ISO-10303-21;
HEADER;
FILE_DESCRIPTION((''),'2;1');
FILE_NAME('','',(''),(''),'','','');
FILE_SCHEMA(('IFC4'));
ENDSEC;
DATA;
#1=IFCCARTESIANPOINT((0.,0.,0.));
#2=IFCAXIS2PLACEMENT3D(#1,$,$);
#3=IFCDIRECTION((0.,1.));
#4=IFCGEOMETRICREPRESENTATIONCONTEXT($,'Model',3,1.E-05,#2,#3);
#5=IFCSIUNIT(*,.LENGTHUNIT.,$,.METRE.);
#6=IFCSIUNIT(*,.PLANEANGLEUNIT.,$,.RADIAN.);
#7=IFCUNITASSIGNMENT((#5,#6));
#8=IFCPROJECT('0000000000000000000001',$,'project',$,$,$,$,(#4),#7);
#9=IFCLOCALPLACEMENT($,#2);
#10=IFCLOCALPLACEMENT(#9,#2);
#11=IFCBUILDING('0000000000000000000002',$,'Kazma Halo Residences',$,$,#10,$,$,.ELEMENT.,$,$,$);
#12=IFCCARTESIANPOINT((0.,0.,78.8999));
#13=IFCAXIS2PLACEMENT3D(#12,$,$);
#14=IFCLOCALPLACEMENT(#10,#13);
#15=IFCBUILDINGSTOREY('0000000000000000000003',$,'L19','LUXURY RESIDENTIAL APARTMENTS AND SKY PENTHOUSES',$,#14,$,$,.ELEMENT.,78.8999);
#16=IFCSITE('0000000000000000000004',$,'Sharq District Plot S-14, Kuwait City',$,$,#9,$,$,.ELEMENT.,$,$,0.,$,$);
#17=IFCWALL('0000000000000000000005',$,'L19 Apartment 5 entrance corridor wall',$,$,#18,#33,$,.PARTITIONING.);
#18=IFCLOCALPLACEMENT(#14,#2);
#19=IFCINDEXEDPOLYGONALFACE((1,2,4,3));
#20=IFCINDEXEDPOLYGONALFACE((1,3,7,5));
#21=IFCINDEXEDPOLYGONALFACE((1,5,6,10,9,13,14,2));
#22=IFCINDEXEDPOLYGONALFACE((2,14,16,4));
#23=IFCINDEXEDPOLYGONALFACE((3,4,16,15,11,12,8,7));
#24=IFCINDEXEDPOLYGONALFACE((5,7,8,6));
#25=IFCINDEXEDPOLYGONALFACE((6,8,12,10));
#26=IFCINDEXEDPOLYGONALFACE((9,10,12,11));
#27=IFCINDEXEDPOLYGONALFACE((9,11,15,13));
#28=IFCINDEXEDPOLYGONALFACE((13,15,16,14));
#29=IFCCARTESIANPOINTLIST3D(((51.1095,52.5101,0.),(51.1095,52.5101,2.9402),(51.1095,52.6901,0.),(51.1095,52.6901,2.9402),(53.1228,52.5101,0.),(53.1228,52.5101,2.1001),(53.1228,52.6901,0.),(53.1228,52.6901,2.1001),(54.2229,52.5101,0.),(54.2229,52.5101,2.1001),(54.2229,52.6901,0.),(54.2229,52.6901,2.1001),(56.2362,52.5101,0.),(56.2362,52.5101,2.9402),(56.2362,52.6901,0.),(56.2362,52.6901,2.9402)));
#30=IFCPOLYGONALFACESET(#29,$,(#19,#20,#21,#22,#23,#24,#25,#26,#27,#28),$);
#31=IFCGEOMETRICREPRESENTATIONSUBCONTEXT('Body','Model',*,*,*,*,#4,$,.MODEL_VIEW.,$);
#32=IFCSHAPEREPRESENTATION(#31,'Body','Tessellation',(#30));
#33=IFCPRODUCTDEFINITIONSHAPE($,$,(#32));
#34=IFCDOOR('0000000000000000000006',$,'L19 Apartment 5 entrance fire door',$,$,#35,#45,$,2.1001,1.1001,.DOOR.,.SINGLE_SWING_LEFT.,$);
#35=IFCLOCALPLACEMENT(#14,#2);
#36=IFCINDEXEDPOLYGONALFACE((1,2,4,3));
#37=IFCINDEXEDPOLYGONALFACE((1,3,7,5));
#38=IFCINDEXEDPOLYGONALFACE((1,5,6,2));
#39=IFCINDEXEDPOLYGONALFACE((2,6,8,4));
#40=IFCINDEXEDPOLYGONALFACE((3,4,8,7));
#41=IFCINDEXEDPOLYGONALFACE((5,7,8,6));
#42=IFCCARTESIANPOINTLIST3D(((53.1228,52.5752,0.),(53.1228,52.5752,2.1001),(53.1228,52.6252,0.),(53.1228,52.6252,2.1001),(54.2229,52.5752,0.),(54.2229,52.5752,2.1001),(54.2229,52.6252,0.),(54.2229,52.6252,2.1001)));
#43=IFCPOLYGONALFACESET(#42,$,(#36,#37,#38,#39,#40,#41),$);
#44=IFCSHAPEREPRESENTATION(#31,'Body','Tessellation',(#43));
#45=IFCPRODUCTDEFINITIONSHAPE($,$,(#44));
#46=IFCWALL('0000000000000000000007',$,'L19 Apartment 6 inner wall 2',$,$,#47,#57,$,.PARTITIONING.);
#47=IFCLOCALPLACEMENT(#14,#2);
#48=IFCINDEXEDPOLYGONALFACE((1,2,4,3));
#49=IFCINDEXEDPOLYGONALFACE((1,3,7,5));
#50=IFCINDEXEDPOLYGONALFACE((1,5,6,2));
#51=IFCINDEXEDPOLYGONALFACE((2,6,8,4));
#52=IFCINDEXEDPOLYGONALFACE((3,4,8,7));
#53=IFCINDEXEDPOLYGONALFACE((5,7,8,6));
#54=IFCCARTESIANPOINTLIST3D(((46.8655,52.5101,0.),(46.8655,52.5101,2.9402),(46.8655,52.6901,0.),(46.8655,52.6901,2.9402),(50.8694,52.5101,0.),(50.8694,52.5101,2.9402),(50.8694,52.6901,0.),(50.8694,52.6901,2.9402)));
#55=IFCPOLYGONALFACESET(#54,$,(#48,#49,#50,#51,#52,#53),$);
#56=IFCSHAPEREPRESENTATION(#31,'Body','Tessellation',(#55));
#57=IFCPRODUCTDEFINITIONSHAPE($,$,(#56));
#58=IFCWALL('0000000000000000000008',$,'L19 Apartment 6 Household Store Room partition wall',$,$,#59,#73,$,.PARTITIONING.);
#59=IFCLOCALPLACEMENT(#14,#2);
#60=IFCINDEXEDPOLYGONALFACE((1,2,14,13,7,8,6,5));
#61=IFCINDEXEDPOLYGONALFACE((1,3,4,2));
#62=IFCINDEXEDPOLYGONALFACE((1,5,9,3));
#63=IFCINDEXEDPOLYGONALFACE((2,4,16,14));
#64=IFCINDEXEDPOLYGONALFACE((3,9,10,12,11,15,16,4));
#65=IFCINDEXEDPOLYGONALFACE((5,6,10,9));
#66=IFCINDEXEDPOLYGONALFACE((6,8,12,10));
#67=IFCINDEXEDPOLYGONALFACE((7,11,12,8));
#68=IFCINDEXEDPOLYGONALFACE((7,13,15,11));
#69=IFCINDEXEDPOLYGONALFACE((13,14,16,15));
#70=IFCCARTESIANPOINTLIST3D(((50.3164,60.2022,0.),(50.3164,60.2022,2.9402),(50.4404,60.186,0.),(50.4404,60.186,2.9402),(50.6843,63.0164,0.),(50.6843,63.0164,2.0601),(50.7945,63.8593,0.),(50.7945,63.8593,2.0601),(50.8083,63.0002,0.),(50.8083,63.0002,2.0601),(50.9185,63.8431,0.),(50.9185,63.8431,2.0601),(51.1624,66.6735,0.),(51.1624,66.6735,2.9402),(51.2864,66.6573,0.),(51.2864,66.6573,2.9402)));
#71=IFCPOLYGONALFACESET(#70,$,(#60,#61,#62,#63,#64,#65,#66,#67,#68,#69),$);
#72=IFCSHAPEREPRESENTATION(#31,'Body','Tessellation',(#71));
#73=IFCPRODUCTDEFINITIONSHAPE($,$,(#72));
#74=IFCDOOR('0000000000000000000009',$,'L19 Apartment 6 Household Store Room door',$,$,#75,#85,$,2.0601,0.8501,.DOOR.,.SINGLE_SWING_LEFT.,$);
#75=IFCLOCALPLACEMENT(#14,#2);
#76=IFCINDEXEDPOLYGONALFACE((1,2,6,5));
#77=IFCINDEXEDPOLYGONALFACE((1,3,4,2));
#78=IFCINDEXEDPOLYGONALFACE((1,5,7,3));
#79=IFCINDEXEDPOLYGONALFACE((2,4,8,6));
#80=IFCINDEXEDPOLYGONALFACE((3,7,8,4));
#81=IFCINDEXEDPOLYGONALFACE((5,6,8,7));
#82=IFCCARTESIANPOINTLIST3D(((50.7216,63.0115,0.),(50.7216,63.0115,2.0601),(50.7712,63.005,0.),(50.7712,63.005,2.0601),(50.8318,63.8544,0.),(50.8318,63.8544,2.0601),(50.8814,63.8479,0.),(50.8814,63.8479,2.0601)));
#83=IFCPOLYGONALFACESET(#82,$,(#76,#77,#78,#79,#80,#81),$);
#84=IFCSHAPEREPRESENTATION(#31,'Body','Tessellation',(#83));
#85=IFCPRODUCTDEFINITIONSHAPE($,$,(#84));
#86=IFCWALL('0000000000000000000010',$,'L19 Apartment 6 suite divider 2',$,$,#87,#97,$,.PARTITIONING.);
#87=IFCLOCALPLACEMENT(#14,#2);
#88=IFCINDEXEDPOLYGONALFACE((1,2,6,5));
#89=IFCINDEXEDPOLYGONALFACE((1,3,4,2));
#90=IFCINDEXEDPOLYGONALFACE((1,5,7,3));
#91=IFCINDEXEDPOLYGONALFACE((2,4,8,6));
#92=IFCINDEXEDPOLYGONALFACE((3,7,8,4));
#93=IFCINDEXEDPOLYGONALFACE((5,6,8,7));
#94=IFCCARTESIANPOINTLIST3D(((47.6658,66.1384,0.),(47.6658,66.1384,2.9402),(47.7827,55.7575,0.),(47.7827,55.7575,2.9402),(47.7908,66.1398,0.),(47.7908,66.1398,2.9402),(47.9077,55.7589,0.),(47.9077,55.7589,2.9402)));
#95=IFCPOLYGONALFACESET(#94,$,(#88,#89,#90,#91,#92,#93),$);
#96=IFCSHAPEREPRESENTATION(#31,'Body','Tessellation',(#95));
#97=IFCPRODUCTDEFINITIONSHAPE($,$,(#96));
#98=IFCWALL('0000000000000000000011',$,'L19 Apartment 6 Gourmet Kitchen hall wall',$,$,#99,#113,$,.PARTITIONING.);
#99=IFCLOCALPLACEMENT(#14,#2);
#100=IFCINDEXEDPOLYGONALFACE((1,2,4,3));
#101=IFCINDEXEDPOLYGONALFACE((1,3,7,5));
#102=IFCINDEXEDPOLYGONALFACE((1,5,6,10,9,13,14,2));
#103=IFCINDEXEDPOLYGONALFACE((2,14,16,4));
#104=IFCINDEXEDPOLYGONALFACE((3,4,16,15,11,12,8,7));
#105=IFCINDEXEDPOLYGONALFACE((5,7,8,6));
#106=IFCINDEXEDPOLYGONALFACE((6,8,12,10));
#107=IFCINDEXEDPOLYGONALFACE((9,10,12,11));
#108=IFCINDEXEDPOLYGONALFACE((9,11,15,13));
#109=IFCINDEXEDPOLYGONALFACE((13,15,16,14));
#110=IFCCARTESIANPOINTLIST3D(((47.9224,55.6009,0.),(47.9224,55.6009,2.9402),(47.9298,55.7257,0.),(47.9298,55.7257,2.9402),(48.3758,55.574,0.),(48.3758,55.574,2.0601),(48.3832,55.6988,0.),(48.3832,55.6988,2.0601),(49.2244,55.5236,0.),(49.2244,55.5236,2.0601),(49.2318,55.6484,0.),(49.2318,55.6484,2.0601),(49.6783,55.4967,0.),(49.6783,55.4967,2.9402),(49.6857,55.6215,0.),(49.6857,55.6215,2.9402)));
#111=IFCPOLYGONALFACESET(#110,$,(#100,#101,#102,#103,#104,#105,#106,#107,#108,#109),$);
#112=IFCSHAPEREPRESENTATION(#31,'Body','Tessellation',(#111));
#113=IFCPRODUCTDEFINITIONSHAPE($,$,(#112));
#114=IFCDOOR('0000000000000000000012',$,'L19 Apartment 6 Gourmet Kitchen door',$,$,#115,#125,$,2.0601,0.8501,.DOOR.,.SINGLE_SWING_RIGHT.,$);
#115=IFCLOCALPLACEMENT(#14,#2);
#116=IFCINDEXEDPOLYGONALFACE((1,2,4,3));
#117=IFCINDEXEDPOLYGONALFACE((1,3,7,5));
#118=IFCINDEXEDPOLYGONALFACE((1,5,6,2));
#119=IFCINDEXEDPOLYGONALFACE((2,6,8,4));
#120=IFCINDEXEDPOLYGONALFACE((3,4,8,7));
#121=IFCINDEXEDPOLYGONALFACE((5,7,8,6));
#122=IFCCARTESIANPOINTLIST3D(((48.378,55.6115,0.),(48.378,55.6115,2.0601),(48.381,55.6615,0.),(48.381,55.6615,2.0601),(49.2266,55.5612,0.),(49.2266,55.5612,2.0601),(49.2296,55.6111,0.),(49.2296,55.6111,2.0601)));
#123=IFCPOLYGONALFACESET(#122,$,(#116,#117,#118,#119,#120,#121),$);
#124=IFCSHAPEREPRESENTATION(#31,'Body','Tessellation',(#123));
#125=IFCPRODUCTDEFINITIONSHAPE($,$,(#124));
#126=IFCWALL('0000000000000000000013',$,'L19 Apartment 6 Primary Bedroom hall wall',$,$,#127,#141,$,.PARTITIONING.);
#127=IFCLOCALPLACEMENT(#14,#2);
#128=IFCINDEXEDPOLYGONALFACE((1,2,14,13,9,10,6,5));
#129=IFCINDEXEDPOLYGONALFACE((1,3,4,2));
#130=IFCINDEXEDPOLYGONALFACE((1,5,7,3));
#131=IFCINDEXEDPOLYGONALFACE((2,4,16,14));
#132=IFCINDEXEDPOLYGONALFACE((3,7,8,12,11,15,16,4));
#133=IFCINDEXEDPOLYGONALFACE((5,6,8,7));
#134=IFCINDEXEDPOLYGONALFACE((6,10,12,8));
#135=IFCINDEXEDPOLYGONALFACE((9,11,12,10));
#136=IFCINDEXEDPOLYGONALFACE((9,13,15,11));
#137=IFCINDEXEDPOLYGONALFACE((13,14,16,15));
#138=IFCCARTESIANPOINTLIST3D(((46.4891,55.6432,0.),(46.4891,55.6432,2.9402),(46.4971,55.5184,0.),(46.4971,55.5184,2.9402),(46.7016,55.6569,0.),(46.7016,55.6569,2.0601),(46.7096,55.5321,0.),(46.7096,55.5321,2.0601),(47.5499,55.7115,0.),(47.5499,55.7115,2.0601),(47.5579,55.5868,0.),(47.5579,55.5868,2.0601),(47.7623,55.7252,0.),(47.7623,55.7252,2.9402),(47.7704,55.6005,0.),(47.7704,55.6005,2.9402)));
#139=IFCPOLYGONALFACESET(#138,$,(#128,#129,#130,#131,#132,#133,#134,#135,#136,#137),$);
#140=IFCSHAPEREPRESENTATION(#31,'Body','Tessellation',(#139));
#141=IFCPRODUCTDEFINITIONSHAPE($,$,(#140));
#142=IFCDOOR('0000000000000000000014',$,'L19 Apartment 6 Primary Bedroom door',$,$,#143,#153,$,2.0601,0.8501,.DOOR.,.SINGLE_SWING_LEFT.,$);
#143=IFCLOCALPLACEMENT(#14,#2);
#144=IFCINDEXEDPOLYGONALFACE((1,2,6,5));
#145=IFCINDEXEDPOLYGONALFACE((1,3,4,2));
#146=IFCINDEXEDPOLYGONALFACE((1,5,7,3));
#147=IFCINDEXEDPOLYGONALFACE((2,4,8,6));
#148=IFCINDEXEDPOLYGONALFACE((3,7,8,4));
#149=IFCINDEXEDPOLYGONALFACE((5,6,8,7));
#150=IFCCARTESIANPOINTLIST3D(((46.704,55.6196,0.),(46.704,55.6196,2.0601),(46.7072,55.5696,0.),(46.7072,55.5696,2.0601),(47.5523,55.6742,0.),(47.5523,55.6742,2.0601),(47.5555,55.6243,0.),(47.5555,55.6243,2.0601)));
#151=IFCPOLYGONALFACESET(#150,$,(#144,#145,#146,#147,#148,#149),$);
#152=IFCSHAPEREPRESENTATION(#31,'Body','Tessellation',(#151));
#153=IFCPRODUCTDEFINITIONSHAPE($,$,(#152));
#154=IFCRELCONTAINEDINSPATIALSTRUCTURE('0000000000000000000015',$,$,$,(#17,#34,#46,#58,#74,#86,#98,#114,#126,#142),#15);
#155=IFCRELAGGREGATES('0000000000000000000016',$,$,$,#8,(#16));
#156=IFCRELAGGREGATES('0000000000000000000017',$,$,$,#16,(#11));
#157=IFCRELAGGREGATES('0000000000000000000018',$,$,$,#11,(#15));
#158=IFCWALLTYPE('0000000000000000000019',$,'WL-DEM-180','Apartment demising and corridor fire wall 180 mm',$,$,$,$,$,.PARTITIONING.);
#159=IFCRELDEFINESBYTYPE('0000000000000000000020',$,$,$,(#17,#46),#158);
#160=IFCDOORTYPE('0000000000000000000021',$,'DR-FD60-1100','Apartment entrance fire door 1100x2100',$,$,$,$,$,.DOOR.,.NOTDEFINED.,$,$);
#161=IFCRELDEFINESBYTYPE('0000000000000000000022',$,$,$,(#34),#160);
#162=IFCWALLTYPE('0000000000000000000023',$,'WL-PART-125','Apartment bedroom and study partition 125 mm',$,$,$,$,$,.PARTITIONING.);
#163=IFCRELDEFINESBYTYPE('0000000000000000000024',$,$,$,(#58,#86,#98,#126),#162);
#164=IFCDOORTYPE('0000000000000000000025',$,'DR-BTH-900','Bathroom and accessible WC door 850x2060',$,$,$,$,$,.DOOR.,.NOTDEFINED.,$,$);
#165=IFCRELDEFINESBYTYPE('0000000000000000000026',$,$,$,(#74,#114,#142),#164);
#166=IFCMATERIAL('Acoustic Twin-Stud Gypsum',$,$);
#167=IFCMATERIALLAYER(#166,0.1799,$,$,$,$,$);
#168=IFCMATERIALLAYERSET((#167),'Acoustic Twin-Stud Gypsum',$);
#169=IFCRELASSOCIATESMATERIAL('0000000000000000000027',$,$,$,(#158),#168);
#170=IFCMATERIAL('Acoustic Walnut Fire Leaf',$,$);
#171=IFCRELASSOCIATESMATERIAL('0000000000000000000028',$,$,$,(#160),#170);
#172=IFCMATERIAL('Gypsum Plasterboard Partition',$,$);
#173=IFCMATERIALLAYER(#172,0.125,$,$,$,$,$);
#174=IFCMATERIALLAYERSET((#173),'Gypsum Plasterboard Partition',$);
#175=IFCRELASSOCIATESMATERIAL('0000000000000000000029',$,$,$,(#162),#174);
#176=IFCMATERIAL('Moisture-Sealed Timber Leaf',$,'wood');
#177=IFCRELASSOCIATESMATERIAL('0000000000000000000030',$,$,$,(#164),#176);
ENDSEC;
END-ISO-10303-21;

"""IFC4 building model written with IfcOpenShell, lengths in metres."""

from ifc_helpers import new_model, si_unit, direction, frame, frame_2d, origin, place, context, subcontext, project, spatial, rectangle, extrude, material, layer, layer_set, type_object, element, fill, save


model = new_model("IFC4")

# Units and contexts
model_context = context("Model", 3, precision=1e-05, world=origin(), true_north=direction((0.0, 1.0)))
body_context = subcontext(model_context, "Body", "Model", "MODEL_VIEW")
ifc_project = project(units=[si_unit("LENGTHUNIT", "METRE"), si_unit("PLANEANGLEUNIT", "RADIAN")], contexts=[model_context])

# Site, building, storey
site_placement = place(None, origin())
site = spatial("IfcSite", under=ifc_project, at=site_placement, Name="Sharq District Plot S-14, Kuwait City", CompositionType="ELEMENT", RefElevation=0.0)
building_placement = place(site_placement, origin())
building = spatial("IfcBuilding", under=site, at=building_placement, Name="Kazma Halo Residences", CompositionType="ELEMENT")
storey_placement = place(building_placement, frame((0.0, 0.0, 78.8999)))
storey = spatial("IfcBuildingStorey", under=building, at=storey_placement, Name="L19", Description="LUXURY RESIDENTIAL APARTMENTS AND SKY PENTHOUSES", CompositionType="ELEMENT", Elevation=78.8999)

# Shared definitions
ifc_material_1 = material(Name="Acoustic Twin-Stud Gypsum")
ifc_layer_1 = layer(ifc_material_1, 0.1799)
ifc_layer_set_1 = layer_set([ifc_layer_1], Name="Acoustic Twin-Stud Gypsum")
wall_type_1 = type_object("IfcWallType", Name="WL-DEM-180", Description="Apartment demising and corridor fire wall 180 mm", PredefinedType="PARTITIONING", material=ifc_layer_set_1)

# Wall, opening, door
wall_1_placement = place(storey_placement, frame((56.2363, 52.6001, 0.0), z_axis=(0.0, 0.0, 1.0), x_axis=(-1.0, 0.0, 0.0)))
wall_1 = element("IfcWall", 1, at=wall_1_placement, inside=storey, type_object=wall_type_1, Name="L19 Apartment 5 entrance corridor wall", PredefinedType="PARTITIONING", context=body_context, shape_type="SweptSolid", body=[
    extrude(rectangle(XDim=5.1267, YDim=0.1799, at=frame_2d((2.5635, 0.0))), origin(), (0.0, 0.0, 1.0), 2.9402),
])
opening_1_placement = place(wall_1_placement, frame((2.0134, 0.0, 0.0)))
opening_1 = element("IfcOpeningElement", 2, at=opening_1_placement, cuts=wall_1, PredefinedType="OPENING", context=body_context, shape_type="SweptSolid", body=[
    extrude(rectangle(XDim=1.1001, YDim=2.1001, at=frame_2d((0.55, 1.05))), frame((0.0, 0.0999, 0.0), z_axis=(0.0, -1.0, 0.0), x_axis=(1.0, 0.0, 0.0)), (0.0, 0.0, 1.0), 0.2),
])
ifc_material_2 = material(Name="Acoustic Walnut Fire Leaf")
door_type_1 = type_object("IfcDoorType", Name="DR-FD60-1100", Description="Apartment entrance fire door 1100x2100", OperationType="NOTDEFINED", PredefinedType="DOOR", material=ifc_material_2)
door_1_placement = place(opening_1_placement, origin())
door_1 = element("IfcDoor", 3, at=door_1_placement, inside=storey, type_object=door_type_1, Name="L19 Apartment 5 entrance fire door", OperationType="SINGLE_SWING_LEFT", OverallHeight=2.1001, OverallWidth=1.1001, PredefinedType="DOOR", context=body_context, shape_type="SweptSolid", body=[
    extrude(rectangle(XDim=1.1001, YDim=2.1001, at=frame_2d((0.55, 1.05))), frame((0.0, 0.0249, 0.0), z_axis=(0.0, -1.0, 0.0), x_axis=(1.0, 0.0, 0.0)), (0.0, 0.0, 1.0), 0.05),
])
fill(opening_1, door_1)

# Wall
wall_2_placement = place(storey_placement, frame((50.8694, 52.6001, 0.0), z_axis=(0.0, 0.0, 1.0), x_axis=(-1.0, 0.0, 0.0)))
element("IfcWall", 4, at=wall_2_placement, inside=storey, type_object=wall_type_1, Name="L19 Apartment 6 inner wall 2", PredefinedType="PARTITIONING", context=body_context, shape_type="SweptSolid", body=[
    extrude(rectangle(XDim=4.0039, YDim=0.1799, at=frame_2d((2.002, 0.0))), origin(), (0.0, 0.0, 1.0), 2.9402),
])

# Wall, opening, door
ifc_material_3 = material(Name="Gypsum Plasterboard Partition")
ifc_layer_2 = layer(ifc_material_3, 0.125)
ifc_layer_set_2 = layer_set([ifc_layer_2], Name="Gypsum Plasterboard Partition")
wall_type_2 = type_object("IfcWallType", Name="WL-PART-125", Description="Apartment bedroom and study partition 125 mm", PredefinedType="PARTITIONING", material=ifc_layer_set_2)
wall_3_placement = place(storey_placement, frame((50.3784, 60.1941, 0.0), z_axis=(0.0, 0.0, 1.0), x_axis=(0.129622, 0.991563, 0.0)))
wall_3 = element("IfcWall", 5, at=wall_3_placement, inside=storey, type_object=wall_type_2, Name="L19 Apartment 6 Household Store Room partition wall", PredefinedType="PARTITIONING", context=body_context, shape_type="SweptSolid", body=[
    extrude(rectangle(XDim=6.5264, YDim=0.125, at=frame_2d((3.2632, 0.0))), origin(), (0.0, 0.0, 1.0), 2.9402),
])
opening_2_placement = place(wall_3_placement, frame((2.8381, 0.0, 0.0)))
opening_2 = element("IfcOpeningElement", 6, at=opening_2_placement, cuts=wall_3, PredefinedType="OPENING", context=body_context, shape_type="SweptSolid", body=[
    extrude(rectangle(XDim=0.8501, YDim=2.0601, at=frame_2d((0.425, 1.03))), frame((0.0, 0.0725, 0.0), z_axis=(0.0, -1.0, 0.0), x_axis=(1.0, 0.0, 0.0)), (0.0, 0.0, 1.0), 0.145),
])
ifc_material_4 = material(Name="Moisture-Sealed Timber Leaf", Category="wood")
door_type_2 = type_object("IfcDoorType", Name="DR-BTH-900", Description="Bathroom and accessible WC door 850x2060", OperationType="NOTDEFINED", PredefinedType="DOOR", material=ifc_material_4)
door_2_placement = place(opening_2_placement, origin())
door_2 = element("IfcDoor", 7, at=door_2_placement, inside=storey, type_object=door_type_2, Name="L19 Apartment 6 Household Store Room door", OperationType="SINGLE_SWING_LEFT", OverallHeight=2.0601, OverallWidth=0.8501, PredefinedType="DOOR", context=body_context, shape_type="SweptSolid", body=[
    extrude(rectangle(XDim=0.8501, YDim=2.0601, at=frame_2d((0.425, 1.03))), frame((0.0, 0.0249, 0.0), z_axis=(0.0, -1.0, 0.0), x_axis=(1.0, 0.0, 0.0)), (0.0, 0.0, 1.0), 0.05),
])
fill(opening_2, door_2)

# Wall
wall_4_placement = place(storey_placement, frame((47.8452, 55.7581, 0.0), z_axis=(0.0, 0.0, 1.0), x_axis=(-0.011265, 0.999937, 0.0)))
element("IfcWall", 8, at=wall_4_placement, inside=storey, type_object=wall_type_2, Name="L19 Apartment 6 suite divider 2", PredefinedType="PARTITIONING", context=body_context, shape_type="SweptSolid", body=[
    extrude(rectangle(XDim=10.3816, YDim=0.125, at=frame_2d((5.1909, 0.0))), origin(), (0.0, 0.0, 1.0), 2.9402),
])

# Walls, openings, doors
wall_5_placement = place(storey_placement, frame((49.6819, 55.5591, 0.0), z_axis=(0.0, 0.0, 1.0), x_axis=(-0.998242, 0.059267, 0.0)))
wall_5 = element("IfcWall", 9, at=wall_5_placement, inside=storey, type_object=wall_type_2, Name="L19 Apartment 6 Gourmet Kitchen hall wall", PredefinedType="PARTITIONING", context=body_context, shape_type="SweptSolid", body=[
    extrude(rectangle(XDim=1.759, YDim=0.125, at=frame_2d((0.8794, 0.0))), origin(), (0.0, 0.0, 1.0), 2.9402),
])
opening_3_placement = place(wall_5_placement, frame((0.4546, 0.0, 0.0)))
opening_3 = element("IfcOpeningElement", 10, at=opening_3_placement, cuts=wall_5, PredefinedType="OPENING", context=body_context, shape_type="SweptSolid", body=[
    extrude(rectangle(XDim=0.8501, YDim=2.0601, at=frame_2d((0.425, 1.03))), frame((0.0, 0.0725, 0.0), z_axis=(0.0, -1.0, 0.0), x_axis=(1.0, 0.0, 0.0)), (0.0, 0.0, 1.0), 0.145),
])
door_3_placement = place(opening_3_placement, origin())
door_3 = element("IfcDoor", 11, at=door_3_placement, inside=storey, type_object=door_type_2, Name="L19 Apartment 6 Gourmet Kitchen door", OperationType="SINGLE_SWING_RIGHT", OverallHeight=2.0601, OverallWidth=0.8501, PredefinedType="DOOR", context=body_context, shape_type="SweptSolid", body=[
    extrude(rectangle(XDim=0.8501, YDim=2.0601, at=frame_2d((0.425, 1.03))), frame((0.0, 0.0249, 0.0), z_axis=(0.0, -1.0, 0.0), x_axis=(1.0, 0.0, 0.0)), (0.0, 0.0, 1.0), 0.05),
])
fill(opening_3, door_3)
wall_6_placement = place(storey_placement, frame((47.7664, 55.6628, 0.0), z_axis=(0.0, 0.0, 1.0), x_axis=(-0.997931, -0.064296, 0.0)))
wall_6 = element("IfcWall", 12, at=wall_6_placement, inside=storey, type_object=wall_type_2, Name="L19 Apartment 6 Primary Bedroom hall wall", PredefinedType="PARTITIONING", context=body_context, shape_type="SweptSolid", body=[
    extrude(rectangle(XDim=1.2759, YDim=0.125, at=frame_2d((0.6379, 0.0))), origin(), (0.0, 0.0, 1.0), 2.9402),
])
opening_4_placement = place(wall_6_placement, frame((0.2129, 0.0, 0.0)))
opening_4 = element("IfcOpeningElement", 13, at=opening_4_placement, cuts=wall_6, PredefinedType="OPENING", context=body_context, shape_type="SweptSolid", body=[
    extrude(rectangle(XDim=0.8501, YDim=2.0601, at=frame_2d((0.425, 1.03))), frame((0.0, 0.0725, 0.0), z_axis=(0.0, -1.0, 0.0), x_axis=(1.0, 0.0, 0.0)), (0.0, 0.0, 1.0), 0.145),
])
door_4_placement = place(opening_4_placement, origin())
door_4 = element("IfcDoor", 14, at=door_4_placement, inside=storey, type_object=door_type_2, Name="L19 Apartment 6 Primary Bedroom door", OperationType="SINGLE_SWING_LEFT", OverallHeight=2.0601, OverallWidth=0.8501, PredefinedType="DOOR", context=body_context, shape_type="SweptSolid", body=[
    extrude(rectangle(XDim=0.8501, YDim=2.0601, at=frame_2d((0.425, 1.03))), frame((0.0, 0.0249, 0.0), z_axis=(0.0, -1.0, 0.0), x_axis=(1.0, 0.0, 0.0)), (0.0, 0.0, 1.0), 0.05),
])
fill(opening_4, door_4)

save(model, "model.ifc")
